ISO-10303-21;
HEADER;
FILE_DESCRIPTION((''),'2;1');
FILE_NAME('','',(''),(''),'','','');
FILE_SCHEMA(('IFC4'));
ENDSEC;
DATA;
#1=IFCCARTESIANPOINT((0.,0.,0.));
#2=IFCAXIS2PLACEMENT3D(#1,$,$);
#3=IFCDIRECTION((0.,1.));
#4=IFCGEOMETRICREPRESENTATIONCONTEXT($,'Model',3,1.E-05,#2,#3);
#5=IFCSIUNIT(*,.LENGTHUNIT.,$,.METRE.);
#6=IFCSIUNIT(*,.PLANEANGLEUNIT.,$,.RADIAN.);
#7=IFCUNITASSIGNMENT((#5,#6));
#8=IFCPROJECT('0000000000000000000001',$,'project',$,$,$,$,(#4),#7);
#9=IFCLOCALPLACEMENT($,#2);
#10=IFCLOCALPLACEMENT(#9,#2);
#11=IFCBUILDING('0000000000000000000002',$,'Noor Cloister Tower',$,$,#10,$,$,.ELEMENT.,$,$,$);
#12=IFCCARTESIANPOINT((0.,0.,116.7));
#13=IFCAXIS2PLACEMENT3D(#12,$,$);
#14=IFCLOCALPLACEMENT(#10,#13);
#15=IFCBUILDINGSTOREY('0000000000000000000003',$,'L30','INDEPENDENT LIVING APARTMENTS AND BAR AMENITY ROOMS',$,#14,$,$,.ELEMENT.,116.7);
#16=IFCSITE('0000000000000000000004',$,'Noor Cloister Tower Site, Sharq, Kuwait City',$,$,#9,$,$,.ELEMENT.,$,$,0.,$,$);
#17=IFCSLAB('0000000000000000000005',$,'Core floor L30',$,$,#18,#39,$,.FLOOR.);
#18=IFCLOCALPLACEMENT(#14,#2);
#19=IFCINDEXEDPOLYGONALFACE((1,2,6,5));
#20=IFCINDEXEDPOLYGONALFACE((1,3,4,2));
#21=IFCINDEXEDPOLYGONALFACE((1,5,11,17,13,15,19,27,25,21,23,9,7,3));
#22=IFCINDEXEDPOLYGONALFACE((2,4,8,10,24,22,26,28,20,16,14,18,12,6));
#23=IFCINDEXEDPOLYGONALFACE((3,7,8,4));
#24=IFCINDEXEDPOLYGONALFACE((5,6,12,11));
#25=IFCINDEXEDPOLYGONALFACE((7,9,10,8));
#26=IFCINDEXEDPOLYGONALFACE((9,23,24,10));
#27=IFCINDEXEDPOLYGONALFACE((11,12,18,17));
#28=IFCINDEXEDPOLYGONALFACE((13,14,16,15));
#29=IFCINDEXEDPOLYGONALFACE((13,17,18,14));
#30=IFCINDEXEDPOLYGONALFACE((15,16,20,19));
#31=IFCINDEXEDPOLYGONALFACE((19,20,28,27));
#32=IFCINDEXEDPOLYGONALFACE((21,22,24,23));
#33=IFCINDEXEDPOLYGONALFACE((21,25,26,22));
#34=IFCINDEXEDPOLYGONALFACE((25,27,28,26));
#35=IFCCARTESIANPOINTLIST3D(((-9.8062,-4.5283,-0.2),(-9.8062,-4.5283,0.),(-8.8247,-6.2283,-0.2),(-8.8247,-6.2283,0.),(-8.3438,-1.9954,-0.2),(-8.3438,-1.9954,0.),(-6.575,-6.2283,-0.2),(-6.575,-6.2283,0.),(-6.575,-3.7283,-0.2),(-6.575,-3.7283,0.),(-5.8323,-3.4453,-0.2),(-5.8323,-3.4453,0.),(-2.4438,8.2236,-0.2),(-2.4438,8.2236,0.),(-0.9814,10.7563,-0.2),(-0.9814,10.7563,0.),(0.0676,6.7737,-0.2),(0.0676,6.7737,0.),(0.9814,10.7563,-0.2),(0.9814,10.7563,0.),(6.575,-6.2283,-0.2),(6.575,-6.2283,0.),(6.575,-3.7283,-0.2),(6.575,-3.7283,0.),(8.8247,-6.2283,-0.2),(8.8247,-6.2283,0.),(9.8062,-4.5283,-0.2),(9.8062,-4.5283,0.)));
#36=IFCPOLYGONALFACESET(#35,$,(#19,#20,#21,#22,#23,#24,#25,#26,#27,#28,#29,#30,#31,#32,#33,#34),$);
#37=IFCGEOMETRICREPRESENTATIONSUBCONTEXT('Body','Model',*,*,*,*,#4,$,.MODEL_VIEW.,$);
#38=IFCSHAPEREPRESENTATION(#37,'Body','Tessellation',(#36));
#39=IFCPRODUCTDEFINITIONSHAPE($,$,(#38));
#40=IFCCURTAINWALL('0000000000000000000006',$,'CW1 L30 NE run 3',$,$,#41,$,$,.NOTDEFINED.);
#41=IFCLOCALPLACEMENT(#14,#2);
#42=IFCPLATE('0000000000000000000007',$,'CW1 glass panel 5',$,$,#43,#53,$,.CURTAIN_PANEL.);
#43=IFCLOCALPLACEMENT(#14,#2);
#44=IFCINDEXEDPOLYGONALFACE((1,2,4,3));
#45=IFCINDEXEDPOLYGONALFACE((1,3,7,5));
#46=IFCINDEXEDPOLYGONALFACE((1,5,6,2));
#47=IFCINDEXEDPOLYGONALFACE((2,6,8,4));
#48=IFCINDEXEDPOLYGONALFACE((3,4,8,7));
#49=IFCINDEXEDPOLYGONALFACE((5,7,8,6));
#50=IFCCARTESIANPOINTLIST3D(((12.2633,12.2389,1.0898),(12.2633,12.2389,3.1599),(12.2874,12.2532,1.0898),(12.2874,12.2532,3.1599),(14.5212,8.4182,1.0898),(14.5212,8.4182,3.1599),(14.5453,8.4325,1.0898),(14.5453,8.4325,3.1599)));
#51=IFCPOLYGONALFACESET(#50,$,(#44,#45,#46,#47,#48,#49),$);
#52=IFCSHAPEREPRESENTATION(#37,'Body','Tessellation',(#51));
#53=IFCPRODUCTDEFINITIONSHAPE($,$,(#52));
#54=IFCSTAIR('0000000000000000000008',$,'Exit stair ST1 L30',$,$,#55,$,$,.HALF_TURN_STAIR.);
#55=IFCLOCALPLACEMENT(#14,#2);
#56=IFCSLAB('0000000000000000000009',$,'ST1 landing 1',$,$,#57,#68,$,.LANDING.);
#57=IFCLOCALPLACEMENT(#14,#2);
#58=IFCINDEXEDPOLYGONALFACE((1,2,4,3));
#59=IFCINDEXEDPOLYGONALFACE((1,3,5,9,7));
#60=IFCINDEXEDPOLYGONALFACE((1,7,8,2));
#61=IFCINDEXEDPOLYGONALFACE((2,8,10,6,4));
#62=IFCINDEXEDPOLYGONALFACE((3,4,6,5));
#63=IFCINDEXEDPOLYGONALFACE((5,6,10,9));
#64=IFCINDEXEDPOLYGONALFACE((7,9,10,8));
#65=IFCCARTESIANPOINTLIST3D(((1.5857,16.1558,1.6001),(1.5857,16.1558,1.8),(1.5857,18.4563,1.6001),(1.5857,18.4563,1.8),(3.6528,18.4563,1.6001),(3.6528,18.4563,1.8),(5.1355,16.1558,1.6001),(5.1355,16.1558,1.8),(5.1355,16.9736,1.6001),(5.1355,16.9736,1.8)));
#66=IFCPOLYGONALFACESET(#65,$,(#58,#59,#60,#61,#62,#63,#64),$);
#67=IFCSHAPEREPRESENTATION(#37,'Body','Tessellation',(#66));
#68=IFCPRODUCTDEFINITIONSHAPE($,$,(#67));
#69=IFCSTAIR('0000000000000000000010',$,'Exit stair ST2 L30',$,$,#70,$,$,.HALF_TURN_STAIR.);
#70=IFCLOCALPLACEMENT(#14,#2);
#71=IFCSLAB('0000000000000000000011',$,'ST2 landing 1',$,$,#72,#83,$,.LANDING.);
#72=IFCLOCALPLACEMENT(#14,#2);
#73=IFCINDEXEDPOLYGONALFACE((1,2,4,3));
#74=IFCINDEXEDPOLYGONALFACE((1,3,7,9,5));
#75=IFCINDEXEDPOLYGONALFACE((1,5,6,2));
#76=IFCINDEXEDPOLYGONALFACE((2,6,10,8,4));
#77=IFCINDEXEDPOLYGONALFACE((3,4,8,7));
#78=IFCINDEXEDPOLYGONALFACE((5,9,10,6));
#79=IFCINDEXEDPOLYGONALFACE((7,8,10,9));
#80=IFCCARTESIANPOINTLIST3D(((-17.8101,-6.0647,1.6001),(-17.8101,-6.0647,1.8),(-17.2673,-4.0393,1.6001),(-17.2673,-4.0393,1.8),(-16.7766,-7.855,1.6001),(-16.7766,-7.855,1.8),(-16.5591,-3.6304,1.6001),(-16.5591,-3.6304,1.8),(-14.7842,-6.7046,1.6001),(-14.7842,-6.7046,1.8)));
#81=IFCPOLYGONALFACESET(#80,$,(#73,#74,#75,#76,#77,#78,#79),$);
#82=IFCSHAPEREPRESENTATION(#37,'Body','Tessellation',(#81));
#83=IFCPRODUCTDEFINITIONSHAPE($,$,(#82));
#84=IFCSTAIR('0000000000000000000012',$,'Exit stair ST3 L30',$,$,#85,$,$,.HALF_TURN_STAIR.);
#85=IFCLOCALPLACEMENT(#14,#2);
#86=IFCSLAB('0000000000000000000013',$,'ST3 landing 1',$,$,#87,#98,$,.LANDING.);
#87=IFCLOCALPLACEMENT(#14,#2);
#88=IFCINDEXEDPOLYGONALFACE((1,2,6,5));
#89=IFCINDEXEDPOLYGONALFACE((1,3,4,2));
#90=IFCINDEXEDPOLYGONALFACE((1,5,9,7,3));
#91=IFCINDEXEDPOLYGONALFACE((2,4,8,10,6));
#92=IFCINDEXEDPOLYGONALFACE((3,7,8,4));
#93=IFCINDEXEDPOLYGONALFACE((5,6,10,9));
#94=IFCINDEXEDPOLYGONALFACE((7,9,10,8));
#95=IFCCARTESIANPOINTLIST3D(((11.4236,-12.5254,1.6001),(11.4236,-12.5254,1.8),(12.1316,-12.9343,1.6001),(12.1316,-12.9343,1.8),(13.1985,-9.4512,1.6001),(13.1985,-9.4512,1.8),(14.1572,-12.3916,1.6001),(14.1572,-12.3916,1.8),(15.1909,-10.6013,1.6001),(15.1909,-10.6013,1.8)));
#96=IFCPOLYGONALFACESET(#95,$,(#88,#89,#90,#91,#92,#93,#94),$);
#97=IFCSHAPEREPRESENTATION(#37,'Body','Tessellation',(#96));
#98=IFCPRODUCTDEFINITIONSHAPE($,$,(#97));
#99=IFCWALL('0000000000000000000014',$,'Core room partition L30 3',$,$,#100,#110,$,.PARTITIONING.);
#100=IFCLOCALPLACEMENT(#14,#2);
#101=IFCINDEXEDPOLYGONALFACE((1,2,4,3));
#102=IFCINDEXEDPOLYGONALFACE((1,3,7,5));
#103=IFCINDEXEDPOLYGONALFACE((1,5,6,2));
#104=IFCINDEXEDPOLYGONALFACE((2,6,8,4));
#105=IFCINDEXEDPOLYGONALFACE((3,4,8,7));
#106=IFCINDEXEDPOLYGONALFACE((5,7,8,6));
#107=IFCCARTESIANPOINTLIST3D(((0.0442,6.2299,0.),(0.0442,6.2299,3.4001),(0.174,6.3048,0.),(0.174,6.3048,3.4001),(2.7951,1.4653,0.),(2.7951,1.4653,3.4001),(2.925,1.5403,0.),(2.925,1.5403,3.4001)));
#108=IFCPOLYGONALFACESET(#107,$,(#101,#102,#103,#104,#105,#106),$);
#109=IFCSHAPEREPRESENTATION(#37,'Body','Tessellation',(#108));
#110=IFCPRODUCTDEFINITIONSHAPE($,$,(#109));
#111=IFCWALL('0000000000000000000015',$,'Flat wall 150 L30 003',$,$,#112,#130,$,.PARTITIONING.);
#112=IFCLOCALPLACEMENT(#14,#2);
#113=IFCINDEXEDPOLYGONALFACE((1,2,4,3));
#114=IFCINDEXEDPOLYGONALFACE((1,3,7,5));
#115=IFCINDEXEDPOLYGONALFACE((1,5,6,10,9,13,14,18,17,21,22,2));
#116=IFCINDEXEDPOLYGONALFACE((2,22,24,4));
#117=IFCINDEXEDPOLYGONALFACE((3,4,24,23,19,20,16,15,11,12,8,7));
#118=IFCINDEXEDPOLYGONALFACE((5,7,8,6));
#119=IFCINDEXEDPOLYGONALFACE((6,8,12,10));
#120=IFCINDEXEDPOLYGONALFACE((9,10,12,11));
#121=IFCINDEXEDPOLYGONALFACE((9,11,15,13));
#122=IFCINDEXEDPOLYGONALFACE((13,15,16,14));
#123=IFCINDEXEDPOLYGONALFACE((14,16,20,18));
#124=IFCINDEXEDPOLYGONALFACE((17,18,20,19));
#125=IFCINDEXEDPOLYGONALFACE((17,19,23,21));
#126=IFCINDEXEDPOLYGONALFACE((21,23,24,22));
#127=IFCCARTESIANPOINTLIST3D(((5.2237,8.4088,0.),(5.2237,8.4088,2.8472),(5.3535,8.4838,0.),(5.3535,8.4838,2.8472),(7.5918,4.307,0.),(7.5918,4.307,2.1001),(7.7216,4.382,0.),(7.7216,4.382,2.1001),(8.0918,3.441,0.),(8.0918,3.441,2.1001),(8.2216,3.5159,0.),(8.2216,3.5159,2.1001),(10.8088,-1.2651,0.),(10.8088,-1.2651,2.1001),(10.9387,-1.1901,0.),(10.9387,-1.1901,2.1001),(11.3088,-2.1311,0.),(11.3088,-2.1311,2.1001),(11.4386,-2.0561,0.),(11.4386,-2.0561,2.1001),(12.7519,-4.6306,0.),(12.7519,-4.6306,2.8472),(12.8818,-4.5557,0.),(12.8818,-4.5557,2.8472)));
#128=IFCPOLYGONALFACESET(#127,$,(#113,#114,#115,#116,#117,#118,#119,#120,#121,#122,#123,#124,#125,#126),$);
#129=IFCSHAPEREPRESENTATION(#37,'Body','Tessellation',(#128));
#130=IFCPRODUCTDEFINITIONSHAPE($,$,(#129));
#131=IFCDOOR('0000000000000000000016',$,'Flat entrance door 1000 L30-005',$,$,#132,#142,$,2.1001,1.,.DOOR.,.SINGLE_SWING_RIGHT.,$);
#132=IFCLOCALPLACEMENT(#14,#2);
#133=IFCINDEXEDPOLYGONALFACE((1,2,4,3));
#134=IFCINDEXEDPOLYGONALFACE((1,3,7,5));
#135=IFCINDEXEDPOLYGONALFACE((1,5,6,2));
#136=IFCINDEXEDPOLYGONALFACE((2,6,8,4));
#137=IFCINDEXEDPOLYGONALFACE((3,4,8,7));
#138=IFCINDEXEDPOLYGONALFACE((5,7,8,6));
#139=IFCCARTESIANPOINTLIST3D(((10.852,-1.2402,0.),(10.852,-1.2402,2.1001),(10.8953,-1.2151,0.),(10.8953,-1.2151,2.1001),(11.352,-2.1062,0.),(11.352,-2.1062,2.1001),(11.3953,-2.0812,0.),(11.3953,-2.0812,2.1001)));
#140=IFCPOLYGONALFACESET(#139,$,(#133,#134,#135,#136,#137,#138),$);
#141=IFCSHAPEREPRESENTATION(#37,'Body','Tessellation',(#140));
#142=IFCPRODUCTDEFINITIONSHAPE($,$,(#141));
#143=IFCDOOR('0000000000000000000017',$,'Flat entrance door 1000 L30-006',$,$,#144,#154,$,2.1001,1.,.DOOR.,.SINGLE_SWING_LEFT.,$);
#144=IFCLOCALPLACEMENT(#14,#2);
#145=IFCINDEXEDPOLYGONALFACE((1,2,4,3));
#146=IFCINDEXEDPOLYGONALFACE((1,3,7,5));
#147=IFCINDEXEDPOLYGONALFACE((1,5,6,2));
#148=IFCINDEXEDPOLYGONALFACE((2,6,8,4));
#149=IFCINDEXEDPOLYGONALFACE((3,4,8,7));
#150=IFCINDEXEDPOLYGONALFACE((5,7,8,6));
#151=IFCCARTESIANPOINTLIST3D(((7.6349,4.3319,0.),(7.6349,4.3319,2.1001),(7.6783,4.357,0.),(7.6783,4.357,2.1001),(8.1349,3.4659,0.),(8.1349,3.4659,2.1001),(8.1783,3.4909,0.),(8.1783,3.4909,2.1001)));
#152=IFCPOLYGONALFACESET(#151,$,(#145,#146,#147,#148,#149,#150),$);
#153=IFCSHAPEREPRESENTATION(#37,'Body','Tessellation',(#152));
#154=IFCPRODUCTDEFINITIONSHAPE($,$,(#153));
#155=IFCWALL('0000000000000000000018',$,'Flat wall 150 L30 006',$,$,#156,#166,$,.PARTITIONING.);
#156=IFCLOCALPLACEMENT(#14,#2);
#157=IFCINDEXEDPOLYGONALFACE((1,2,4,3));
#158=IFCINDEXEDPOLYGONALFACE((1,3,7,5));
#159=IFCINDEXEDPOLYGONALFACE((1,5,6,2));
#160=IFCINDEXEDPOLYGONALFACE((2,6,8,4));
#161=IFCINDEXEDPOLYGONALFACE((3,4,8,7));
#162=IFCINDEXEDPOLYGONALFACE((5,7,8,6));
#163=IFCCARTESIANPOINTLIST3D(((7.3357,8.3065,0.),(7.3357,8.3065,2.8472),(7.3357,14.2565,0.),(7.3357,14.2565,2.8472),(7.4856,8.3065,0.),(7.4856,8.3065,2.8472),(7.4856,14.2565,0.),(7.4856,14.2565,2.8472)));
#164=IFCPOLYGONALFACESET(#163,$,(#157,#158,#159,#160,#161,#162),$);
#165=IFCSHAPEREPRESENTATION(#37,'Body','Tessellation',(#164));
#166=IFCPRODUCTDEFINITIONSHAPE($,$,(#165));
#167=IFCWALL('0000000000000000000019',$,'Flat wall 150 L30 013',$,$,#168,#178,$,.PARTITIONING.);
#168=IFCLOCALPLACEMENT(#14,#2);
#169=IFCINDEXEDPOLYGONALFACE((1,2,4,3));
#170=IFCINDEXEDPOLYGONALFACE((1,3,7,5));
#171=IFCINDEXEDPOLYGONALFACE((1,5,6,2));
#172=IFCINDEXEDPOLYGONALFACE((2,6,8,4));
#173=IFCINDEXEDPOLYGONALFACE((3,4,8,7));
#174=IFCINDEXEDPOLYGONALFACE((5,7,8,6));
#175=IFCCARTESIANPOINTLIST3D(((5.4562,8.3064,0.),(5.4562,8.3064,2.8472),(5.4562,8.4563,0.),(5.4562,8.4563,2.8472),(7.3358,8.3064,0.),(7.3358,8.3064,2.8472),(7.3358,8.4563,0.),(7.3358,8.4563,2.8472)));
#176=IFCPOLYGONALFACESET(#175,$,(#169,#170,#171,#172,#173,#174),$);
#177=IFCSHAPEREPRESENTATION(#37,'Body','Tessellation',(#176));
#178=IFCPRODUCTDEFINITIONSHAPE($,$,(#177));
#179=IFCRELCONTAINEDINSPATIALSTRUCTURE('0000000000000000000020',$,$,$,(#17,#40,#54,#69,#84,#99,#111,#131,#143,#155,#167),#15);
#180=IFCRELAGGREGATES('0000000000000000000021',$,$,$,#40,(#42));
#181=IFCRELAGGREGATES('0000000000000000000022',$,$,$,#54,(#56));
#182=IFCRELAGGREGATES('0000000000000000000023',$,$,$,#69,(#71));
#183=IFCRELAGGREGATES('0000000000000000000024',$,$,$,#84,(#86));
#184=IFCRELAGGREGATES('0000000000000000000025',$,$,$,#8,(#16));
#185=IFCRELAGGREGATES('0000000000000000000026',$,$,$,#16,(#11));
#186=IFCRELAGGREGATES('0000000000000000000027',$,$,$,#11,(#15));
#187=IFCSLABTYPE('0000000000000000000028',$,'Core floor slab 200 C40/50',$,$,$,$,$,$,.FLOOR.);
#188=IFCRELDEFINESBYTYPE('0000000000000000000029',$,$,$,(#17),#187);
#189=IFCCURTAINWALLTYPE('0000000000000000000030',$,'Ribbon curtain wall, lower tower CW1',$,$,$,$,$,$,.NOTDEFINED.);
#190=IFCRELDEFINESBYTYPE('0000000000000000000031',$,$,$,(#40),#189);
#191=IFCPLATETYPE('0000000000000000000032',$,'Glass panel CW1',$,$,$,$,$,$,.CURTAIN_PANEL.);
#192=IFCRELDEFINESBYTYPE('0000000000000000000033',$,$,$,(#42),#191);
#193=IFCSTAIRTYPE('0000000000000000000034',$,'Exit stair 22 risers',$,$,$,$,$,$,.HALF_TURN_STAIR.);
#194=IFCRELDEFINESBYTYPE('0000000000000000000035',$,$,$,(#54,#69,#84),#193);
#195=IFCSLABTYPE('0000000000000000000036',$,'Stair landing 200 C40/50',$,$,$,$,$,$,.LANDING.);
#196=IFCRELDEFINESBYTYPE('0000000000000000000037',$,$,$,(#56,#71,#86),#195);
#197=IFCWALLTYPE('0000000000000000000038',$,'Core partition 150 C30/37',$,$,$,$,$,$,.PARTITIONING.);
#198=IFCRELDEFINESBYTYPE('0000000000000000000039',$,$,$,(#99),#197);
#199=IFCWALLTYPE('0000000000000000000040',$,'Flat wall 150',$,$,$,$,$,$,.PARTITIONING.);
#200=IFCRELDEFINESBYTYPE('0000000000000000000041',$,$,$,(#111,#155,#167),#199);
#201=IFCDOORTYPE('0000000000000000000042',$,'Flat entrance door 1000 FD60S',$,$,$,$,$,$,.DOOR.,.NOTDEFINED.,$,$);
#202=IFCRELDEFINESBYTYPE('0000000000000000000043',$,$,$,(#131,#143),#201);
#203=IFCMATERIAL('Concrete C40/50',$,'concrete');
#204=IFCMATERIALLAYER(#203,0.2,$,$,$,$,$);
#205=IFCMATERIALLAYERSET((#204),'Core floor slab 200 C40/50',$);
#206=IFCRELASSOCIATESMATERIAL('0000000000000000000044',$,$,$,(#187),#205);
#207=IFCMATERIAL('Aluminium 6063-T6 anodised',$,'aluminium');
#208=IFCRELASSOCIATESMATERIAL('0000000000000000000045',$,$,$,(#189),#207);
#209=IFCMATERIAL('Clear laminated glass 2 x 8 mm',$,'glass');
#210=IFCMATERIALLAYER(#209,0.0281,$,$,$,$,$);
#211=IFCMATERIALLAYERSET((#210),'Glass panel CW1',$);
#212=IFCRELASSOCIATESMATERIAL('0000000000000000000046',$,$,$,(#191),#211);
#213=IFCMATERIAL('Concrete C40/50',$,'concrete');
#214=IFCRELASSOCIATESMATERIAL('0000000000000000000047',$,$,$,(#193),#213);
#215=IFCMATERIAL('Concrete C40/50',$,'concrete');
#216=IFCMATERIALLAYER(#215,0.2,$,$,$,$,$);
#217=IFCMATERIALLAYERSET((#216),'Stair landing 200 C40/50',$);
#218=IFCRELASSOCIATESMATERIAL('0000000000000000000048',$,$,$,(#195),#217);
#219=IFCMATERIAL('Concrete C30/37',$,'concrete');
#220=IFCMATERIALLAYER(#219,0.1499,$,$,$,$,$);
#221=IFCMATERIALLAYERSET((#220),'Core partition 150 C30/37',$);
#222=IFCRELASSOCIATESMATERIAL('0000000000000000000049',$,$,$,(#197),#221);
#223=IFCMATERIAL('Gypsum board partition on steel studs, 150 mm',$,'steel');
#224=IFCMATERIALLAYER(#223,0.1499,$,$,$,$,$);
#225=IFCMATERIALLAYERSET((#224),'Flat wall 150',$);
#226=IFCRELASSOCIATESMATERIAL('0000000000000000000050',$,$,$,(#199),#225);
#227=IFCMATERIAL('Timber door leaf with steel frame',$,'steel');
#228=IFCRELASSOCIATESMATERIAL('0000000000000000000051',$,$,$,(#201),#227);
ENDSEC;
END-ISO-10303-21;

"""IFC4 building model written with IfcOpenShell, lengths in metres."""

from ifc_helpers import new_model, si_unit, direction, frame, frame_2d, origin, origin_2d, place, context, subcontext, project, spatial, polyline, rectangle, outline, extrude, material, layer, layer_set, type_object, element, fill, aggregate, save


model = new_model("IFC4")

# Units and contexts
model_context = context("Model", 3, precision=1e-05, world=origin(), true_north=direction((0.0, 1.0)))
body_context = subcontext(model_context, "Body", "Model", "MODEL_VIEW")
ifc_project = project(units=[si_unit("LENGTHUNIT", "METRE"), si_unit("PLANEANGLEUNIT", "RADIAN")], contexts=[model_context])

# Site, building, storey
site_placement = place(None, origin())
site = spatial("IfcSite", under=ifc_project, at=site_placement, Name="Noor Cloister Tower Site, Sharq, Kuwait City", CompositionType="ELEMENT", RefElevation=0.0)
building_placement = place(site_placement, origin())
building = spatial("IfcBuilding", under=site, at=building_placement, Name="Noor Cloister Tower", CompositionType="ELEMENT")
storey_placement = place(building_placement, frame((0.0, 0.0, 116.7)))
storey = spatial("IfcBuildingStorey", under=building, at=storey_placement, Name="L30", Description="INDEPENDENT LIVING APARTMENTS AND BAR AMENITY ROOMS", CompositionType="ELEMENT", Elevation=116.7)

# Slab
ifc_material_1 = material(Name="Concrete C40/50", Category="concrete")
ifc_layer_1 = layer(ifc_material_1, 0.2)
ifc_layer_set_1 = layer_set([ifc_layer_1], Name="Core floor slab 200 C40/50")
slab_type_1 = type_object("IfcSlabType", Name="Core floor slab 200 C40/50", PredefinedType="FLOOR", material=ifc_layer_set_1)
slab_1_placement = place(storey_placement, frame((0.0, 0.0, -0.2)))
element("IfcSlab", 1, at=slab_1_placement, inside=storey, type_object=slab_type_1, Name="Core floor L30", PredefinedType="FLOOR", context=body_context, shape_type="SweptSolid", body=[
    extrude(outline(polyline([(-6.575, -6.2283), (-6.575, -3.7283), (6.575, -3.7283), (6.575, -6.2283), (8.8247, -6.2283), (9.8062, -4.5283), (0.9814, 10.7563), (-0.9814, 10.7563), (-2.4438, 8.2236), (0.0676, 6.7737), (-5.8323, -3.4453), (-8.3438, -1.9954), (-9.8062, -4.5283), (-8.8247, -6.2283), (-6.575, -6.2283)])), origin(), (0.0, 0.0, 1.0), 0.2),
])

# Curtain wall, plate
ifc_material_2 = material(Name="Aluminium 6063-T6 anodised", Category="aluminium")
curtain_wall_type = type_object("IfcCurtainWallType", Name="Ribbon curtain wall, lower tower CW1", PredefinedType="NOTDEFINED", material=ifc_material_2)
curtain_wall_placement = place(storey_placement, origin())
curtain_wall = element("IfcCurtainWall", 2, at=curtain_wall_placement, inside=storey, type_object=curtain_wall_type, Name="CW1 L30 NE run 3", PredefinedType="NOTDEFINED")
ifc_material_3 = material(Name="Clear laminated glass 2 x 8 mm", Category="glass")
ifc_layer_2 = layer(ifc_material_3, 0.0281)
ifc_layer_set_2 = layer_set([ifc_layer_2], Name="Glass panel CW1")
plate_type = type_object("IfcPlateType", Name="Glass panel CW1", PredefinedType="CURTAIN_PANEL", material=ifc_layer_set_2)
plate_placement = place(storey_placement, frame((13.4043, 10.3357, 1.0898), z_axis=(0.0, 0.0, 1.0), x_axis=(-0.508762, 0.860907, 0.0)))
plate = element("IfcPlate", 3, at=plate_placement, type_object=plate_type, Name="CW1 glass panel 5", PredefinedType="CURTAIN_PANEL", context=body_context, shape_type="SweptSolid", body=[
    extrude(rectangle(XDim=4.438, YDim=0.0281, at=origin_2d()), origin(), (0.0, 0.0, 1.0), 2.0701),
])
aggregate(curtain_wall, [plate])

# Stairs, slabs
ifc_material_4 = material(Name="Concrete C40/50", Category="concrete")
stair_type = type_object("IfcStairType", Name="Exit stair 22 risers", PredefinedType="HALF_TURN_STAIR", material=ifc_material_4)
stair_1_placement = place(storey_placement, origin())
stair_1 = element("IfcStair", 4, at=stair_1_placement, inside=storey, type_object=stair_type, Name="Exit stair ST1 L30", PredefinedType="HALF_TURN_STAIR")
ifc_material_5 = material(Name="Concrete C40/50", Category="concrete")
ifc_layer_3 = layer(ifc_material_5, 0.2)
ifc_layer_set_3 = layer_set([ifc_layer_3], Name="Stair landing 200 C40/50")
slab_type_2 = type_object("IfcSlabType", Name="Stair landing 200 C40/50", PredefinedType="LANDING", material=ifc_layer_set_3)
slab_2_placement = place(storey_placement, frame((0.0, 0.0, 1.6001)))
slab_2 = element("IfcSlab", 5, at=slab_2_placement, type_object=slab_type_2, Name="ST1 landing 1", PredefinedType="LANDING", context=body_context, shape_type="SweptSolid", body=[
    extrude(outline(polyline([(5.1355, 16.1558), (5.1355, 16.9736), (3.6528, 18.4563), (1.5857, 18.4563), (1.5857, 16.1558), (5.1355, 16.1558)])), origin(), (0.0, 0.0, 1.0), 0.2),
])
aggregate(stair_1, [slab_2])
stair_2_placement = place(storey_placement, origin())
stair_2 = element("IfcStair", 6, at=stair_2_placement, inside=storey, type_object=stair_type, Name="Exit stair ST2 L30", PredefinedType="HALF_TURN_STAIR")
slab_3_placement = place(storey_placement, frame((0.0, 0.0, 1.6001)))
slab_3 = element("IfcSlab", 7, at=slab_3_placement, type_object=slab_type_2, Name="ST2 landing 1", PredefinedType="LANDING", context=body_context, shape_type="SweptSolid", body=[
    extrude(outline(polyline([(-16.5591, -3.6304), (-17.2673, -4.0393), (-17.8101, -6.0647), (-16.7766, -7.855), (-14.7842, -6.7046), (-16.5591, -3.6304)])), origin(), (0.0, 0.0, 1.0), 0.2),
])
aggregate(stair_2, [slab_3])
stair_3_placement = place(storey_placement, origin())
stair_3 = element("IfcStair", 8, at=stair_3_placement, inside=storey, type_object=stair_type, Name="Exit stair ST3 L30", PredefinedType="HALF_TURN_STAIR")
slab_4_placement = place(storey_placement, frame((0.0, 0.0, 1.6001)))
slab_4 = element("IfcSlab", 9, at=slab_4_placement, type_object=slab_type_2, Name="ST3 landing 1", PredefinedType="LANDING", context=body_context, shape_type="SweptSolid", body=[
    extrude(outline(polyline([(11.4236, -12.5254), (12.1316, -12.9343), (14.1572, -12.3916), (15.1909, -10.6013), (13.1985, -9.4512), (11.4236, -12.5254)])), origin(), (0.0, 0.0, 1.0), 0.2),
])
aggregate(stair_3, [slab_4])

# Wall
ifc_material_6 = material(Name="Concrete C30/37", Category="concrete")
ifc_layer_4 = layer(ifc_material_6, 0.1499)
ifc_layer_set_4 = layer_set([ifc_layer_4], Name="Core partition 150 C30/37")
wall_type_1 = type_object("IfcWallType", Name="Core partition 150 C30/37", PredefinedType="PARTITIONING", material=ifc_layer_set_4)
wall_1_placement = place(storey_placement, frame((2.8601, 1.5027, 0.0), z_axis=(0.0, 0.0, 1.0), x_axis=(-0.500014, 0.866017, 0.0)))
element("IfcWall", 10, at=wall_1_placement, inside=storey, type_object=wall_type_1, Name="Core room partition L30 3", PredefinedType="PARTITIONING", context=body_context, shape_type="SweptSolid", body=[
    extrude(rectangle(XDim=5.5017, YDim=0.1499, at=frame_2d((2.751, 0.0))), origin(), (0.0, 0.0, 1.0), 3.4001),
])

# Wall, openings, doors
ifc_material_7 = material(Name="Gypsum board partition on steel studs, 150 mm", Category="steel")
ifc_layer_5 = layer(ifc_material_7, 0.1499)
ifc_layer_set_5 = layer_set([ifc_layer_5], Name="Flat wall 150")
wall_type_2 = type_object("IfcWallType", Name="Flat wall 150", PredefinedType="PARTITIONING", material=ifc_layer_set_5)
wall_2_placement = place(storey_placement, frame((5.2886, 8.4463, 0.0), z_axis=(0.0, 0.0, 1.0), x_axis=(0.499997, -0.866027, 0.0)))
wall_2 = element("IfcWall", 11, at=wall_2_placement, inside=storey, type_object=wall_type_2, Name="Flat wall 150 L30 003", PredefinedType="PARTITIONING", context=body_context, shape_type="SweptSolid", body=[
    extrude(rectangle(XDim=15.0566, YDim=0.1499, at=frame_2d((7.5283, 0.0))), origin(), (0.0, 0.0, 1.0), 2.8472),
])
opening_1_placement = place(wall_2_placement, frame((11.1704, 0.0, 0.0)))
opening_1 = element("IfcOpeningElement", 12, at=opening_1_placement, cuts=wall_2, PredefinedType="OPENING", context=body_context, shape_type="SweptSolid", body=[
    extrude(rectangle(XDim=1.0, YDim=2.1001, at=frame_2d((0.5, 1.05))), frame((0.0, 0.085, 0.0), z_axis=(0.0, -1.0, 0.0), x_axis=(1.0, 0.0, 0.0)), (0.0, 0.0, 1.0), 0.1699),
])
opening_2_placement = place(wall_2_placement, frame((4.7363, 0.0, 0.0)))
opening_2 = element("IfcOpeningElement", 13, at=opening_2_placement, cuts=wall_2, PredefinedType="OPENING", context=body_context, shape_type="SweptSolid", body=[
    extrude(rectangle(XDim=1.0, YDim=2.1001, at=frame_2d((0.5, 1.05))), frame((0.0, 0.085, 0.0), z_axis=(0.0, -1.0, 0.0), x_axis=(1.0, 0.0, 0.0)), (0.0, 0.0, 1.0), 0.1699),
])
ifc_material_8 = material(Name="Timber door leaf with steel frame", Category="steel")
door_type_1 = type_object("IfcDoorType", Name="Flat entrance door 1000 FD60S", OperationType="NOTDEFINED", PredefinedType="DOOR", material=ifc_material_8)
door_1_placement = place(opening_1_placement, origin())
door_1 = element("IfcDoor", 14, at=door_1_placement, inside=storey, type_object=door_type_1, Name="Flat entrance door 1000 L30-005", OperationType="SINGLE_SWING_RIGHT", OverallHeight=2.1001, OverallWidth=1.0, PredefinedType="DOOR", context=body_context, shape_type="SweptSolid", body=[
    extrude(rectangle(XDim=1.0, YDim=2.1001, at=frame_2d((0.5, 1.05))), frame((0.0, 0.0249, 0.0), z_axis=(0.0, -1.0, 0.0), x_axis=(1.0, 0.0, 0.0)), (0.0, 0.0, 1.0), 0.05),
])
fill(opening_1, door_1)
door_2_placement = place(opening_2_placement, origin())
door_2 = element("IfcDoor", 15, at=door_2_placement, inside=storey, type_object=door_type_1, Name="Flat entrance door 1000 L30-006", OperationType="SINGLE_SWING_LEFT", OverallHeight=2.1001, OverallWidth=1.0, PredefinedType="DOOR", context=body_context, shape_type="SweptSolid", body=[
    extrude(rectangle(XDim=1.0, YDim=2.1001, at=frame_2d((0.5, 1.05))), frame((0.0, 0.0249, 0.0), z_axis=(0.0, -1.0, 0.0), x_axis=(1.0, 0.0, 0.0)), (0.0, 0.0, 1.0), 0.05),
])
fill(opening_2, door_2)

# Walls
wall_3_placement = place(storey_placement, frame((7.4106, 8.3064, 0.0), z_axis=(0.0, 0.0, 1.0), x_axis=(0.0, 1.0, 0.0)))
element("IfcWall", 16, at=wall_3_placement, inside=storey, type_object=wall_type_2, Name="Flat wall 150 L30 006", PredefinedType="PARTITIONING", context=body_context, shape_type="SweptSolid", body=[
    extrude(rectangle(XDim=5.95, YDim=0.1499, at=frame_2d((2.9751, 0.0))), origin(), (0.0, 0.0, 1.0), 2.8472),
])
wall_4_placement = place(storey_placement, frame((5.4561, 8.3813, 0.0), z_axis=(0.0, 0.0, 1.0), x_axis=(1.0, 0.0, 0.0)))
element("IfcWall", 17, at=wall_4_placement, inside=storey, type_object=wall_type_2, Name="Flat wall 150 L30 013", PredefinedType="PARTITIONING", context=body_context, shape_type="SweptSolid", body=[
    extrude(rectangle(XDim=1.8796, YDim=0.1499, at=frame_2d((0.9399, 0.0))), origin(), (0.0, 0.0, 1.0), 2.8472),
])

save(model, "model.ifc")
